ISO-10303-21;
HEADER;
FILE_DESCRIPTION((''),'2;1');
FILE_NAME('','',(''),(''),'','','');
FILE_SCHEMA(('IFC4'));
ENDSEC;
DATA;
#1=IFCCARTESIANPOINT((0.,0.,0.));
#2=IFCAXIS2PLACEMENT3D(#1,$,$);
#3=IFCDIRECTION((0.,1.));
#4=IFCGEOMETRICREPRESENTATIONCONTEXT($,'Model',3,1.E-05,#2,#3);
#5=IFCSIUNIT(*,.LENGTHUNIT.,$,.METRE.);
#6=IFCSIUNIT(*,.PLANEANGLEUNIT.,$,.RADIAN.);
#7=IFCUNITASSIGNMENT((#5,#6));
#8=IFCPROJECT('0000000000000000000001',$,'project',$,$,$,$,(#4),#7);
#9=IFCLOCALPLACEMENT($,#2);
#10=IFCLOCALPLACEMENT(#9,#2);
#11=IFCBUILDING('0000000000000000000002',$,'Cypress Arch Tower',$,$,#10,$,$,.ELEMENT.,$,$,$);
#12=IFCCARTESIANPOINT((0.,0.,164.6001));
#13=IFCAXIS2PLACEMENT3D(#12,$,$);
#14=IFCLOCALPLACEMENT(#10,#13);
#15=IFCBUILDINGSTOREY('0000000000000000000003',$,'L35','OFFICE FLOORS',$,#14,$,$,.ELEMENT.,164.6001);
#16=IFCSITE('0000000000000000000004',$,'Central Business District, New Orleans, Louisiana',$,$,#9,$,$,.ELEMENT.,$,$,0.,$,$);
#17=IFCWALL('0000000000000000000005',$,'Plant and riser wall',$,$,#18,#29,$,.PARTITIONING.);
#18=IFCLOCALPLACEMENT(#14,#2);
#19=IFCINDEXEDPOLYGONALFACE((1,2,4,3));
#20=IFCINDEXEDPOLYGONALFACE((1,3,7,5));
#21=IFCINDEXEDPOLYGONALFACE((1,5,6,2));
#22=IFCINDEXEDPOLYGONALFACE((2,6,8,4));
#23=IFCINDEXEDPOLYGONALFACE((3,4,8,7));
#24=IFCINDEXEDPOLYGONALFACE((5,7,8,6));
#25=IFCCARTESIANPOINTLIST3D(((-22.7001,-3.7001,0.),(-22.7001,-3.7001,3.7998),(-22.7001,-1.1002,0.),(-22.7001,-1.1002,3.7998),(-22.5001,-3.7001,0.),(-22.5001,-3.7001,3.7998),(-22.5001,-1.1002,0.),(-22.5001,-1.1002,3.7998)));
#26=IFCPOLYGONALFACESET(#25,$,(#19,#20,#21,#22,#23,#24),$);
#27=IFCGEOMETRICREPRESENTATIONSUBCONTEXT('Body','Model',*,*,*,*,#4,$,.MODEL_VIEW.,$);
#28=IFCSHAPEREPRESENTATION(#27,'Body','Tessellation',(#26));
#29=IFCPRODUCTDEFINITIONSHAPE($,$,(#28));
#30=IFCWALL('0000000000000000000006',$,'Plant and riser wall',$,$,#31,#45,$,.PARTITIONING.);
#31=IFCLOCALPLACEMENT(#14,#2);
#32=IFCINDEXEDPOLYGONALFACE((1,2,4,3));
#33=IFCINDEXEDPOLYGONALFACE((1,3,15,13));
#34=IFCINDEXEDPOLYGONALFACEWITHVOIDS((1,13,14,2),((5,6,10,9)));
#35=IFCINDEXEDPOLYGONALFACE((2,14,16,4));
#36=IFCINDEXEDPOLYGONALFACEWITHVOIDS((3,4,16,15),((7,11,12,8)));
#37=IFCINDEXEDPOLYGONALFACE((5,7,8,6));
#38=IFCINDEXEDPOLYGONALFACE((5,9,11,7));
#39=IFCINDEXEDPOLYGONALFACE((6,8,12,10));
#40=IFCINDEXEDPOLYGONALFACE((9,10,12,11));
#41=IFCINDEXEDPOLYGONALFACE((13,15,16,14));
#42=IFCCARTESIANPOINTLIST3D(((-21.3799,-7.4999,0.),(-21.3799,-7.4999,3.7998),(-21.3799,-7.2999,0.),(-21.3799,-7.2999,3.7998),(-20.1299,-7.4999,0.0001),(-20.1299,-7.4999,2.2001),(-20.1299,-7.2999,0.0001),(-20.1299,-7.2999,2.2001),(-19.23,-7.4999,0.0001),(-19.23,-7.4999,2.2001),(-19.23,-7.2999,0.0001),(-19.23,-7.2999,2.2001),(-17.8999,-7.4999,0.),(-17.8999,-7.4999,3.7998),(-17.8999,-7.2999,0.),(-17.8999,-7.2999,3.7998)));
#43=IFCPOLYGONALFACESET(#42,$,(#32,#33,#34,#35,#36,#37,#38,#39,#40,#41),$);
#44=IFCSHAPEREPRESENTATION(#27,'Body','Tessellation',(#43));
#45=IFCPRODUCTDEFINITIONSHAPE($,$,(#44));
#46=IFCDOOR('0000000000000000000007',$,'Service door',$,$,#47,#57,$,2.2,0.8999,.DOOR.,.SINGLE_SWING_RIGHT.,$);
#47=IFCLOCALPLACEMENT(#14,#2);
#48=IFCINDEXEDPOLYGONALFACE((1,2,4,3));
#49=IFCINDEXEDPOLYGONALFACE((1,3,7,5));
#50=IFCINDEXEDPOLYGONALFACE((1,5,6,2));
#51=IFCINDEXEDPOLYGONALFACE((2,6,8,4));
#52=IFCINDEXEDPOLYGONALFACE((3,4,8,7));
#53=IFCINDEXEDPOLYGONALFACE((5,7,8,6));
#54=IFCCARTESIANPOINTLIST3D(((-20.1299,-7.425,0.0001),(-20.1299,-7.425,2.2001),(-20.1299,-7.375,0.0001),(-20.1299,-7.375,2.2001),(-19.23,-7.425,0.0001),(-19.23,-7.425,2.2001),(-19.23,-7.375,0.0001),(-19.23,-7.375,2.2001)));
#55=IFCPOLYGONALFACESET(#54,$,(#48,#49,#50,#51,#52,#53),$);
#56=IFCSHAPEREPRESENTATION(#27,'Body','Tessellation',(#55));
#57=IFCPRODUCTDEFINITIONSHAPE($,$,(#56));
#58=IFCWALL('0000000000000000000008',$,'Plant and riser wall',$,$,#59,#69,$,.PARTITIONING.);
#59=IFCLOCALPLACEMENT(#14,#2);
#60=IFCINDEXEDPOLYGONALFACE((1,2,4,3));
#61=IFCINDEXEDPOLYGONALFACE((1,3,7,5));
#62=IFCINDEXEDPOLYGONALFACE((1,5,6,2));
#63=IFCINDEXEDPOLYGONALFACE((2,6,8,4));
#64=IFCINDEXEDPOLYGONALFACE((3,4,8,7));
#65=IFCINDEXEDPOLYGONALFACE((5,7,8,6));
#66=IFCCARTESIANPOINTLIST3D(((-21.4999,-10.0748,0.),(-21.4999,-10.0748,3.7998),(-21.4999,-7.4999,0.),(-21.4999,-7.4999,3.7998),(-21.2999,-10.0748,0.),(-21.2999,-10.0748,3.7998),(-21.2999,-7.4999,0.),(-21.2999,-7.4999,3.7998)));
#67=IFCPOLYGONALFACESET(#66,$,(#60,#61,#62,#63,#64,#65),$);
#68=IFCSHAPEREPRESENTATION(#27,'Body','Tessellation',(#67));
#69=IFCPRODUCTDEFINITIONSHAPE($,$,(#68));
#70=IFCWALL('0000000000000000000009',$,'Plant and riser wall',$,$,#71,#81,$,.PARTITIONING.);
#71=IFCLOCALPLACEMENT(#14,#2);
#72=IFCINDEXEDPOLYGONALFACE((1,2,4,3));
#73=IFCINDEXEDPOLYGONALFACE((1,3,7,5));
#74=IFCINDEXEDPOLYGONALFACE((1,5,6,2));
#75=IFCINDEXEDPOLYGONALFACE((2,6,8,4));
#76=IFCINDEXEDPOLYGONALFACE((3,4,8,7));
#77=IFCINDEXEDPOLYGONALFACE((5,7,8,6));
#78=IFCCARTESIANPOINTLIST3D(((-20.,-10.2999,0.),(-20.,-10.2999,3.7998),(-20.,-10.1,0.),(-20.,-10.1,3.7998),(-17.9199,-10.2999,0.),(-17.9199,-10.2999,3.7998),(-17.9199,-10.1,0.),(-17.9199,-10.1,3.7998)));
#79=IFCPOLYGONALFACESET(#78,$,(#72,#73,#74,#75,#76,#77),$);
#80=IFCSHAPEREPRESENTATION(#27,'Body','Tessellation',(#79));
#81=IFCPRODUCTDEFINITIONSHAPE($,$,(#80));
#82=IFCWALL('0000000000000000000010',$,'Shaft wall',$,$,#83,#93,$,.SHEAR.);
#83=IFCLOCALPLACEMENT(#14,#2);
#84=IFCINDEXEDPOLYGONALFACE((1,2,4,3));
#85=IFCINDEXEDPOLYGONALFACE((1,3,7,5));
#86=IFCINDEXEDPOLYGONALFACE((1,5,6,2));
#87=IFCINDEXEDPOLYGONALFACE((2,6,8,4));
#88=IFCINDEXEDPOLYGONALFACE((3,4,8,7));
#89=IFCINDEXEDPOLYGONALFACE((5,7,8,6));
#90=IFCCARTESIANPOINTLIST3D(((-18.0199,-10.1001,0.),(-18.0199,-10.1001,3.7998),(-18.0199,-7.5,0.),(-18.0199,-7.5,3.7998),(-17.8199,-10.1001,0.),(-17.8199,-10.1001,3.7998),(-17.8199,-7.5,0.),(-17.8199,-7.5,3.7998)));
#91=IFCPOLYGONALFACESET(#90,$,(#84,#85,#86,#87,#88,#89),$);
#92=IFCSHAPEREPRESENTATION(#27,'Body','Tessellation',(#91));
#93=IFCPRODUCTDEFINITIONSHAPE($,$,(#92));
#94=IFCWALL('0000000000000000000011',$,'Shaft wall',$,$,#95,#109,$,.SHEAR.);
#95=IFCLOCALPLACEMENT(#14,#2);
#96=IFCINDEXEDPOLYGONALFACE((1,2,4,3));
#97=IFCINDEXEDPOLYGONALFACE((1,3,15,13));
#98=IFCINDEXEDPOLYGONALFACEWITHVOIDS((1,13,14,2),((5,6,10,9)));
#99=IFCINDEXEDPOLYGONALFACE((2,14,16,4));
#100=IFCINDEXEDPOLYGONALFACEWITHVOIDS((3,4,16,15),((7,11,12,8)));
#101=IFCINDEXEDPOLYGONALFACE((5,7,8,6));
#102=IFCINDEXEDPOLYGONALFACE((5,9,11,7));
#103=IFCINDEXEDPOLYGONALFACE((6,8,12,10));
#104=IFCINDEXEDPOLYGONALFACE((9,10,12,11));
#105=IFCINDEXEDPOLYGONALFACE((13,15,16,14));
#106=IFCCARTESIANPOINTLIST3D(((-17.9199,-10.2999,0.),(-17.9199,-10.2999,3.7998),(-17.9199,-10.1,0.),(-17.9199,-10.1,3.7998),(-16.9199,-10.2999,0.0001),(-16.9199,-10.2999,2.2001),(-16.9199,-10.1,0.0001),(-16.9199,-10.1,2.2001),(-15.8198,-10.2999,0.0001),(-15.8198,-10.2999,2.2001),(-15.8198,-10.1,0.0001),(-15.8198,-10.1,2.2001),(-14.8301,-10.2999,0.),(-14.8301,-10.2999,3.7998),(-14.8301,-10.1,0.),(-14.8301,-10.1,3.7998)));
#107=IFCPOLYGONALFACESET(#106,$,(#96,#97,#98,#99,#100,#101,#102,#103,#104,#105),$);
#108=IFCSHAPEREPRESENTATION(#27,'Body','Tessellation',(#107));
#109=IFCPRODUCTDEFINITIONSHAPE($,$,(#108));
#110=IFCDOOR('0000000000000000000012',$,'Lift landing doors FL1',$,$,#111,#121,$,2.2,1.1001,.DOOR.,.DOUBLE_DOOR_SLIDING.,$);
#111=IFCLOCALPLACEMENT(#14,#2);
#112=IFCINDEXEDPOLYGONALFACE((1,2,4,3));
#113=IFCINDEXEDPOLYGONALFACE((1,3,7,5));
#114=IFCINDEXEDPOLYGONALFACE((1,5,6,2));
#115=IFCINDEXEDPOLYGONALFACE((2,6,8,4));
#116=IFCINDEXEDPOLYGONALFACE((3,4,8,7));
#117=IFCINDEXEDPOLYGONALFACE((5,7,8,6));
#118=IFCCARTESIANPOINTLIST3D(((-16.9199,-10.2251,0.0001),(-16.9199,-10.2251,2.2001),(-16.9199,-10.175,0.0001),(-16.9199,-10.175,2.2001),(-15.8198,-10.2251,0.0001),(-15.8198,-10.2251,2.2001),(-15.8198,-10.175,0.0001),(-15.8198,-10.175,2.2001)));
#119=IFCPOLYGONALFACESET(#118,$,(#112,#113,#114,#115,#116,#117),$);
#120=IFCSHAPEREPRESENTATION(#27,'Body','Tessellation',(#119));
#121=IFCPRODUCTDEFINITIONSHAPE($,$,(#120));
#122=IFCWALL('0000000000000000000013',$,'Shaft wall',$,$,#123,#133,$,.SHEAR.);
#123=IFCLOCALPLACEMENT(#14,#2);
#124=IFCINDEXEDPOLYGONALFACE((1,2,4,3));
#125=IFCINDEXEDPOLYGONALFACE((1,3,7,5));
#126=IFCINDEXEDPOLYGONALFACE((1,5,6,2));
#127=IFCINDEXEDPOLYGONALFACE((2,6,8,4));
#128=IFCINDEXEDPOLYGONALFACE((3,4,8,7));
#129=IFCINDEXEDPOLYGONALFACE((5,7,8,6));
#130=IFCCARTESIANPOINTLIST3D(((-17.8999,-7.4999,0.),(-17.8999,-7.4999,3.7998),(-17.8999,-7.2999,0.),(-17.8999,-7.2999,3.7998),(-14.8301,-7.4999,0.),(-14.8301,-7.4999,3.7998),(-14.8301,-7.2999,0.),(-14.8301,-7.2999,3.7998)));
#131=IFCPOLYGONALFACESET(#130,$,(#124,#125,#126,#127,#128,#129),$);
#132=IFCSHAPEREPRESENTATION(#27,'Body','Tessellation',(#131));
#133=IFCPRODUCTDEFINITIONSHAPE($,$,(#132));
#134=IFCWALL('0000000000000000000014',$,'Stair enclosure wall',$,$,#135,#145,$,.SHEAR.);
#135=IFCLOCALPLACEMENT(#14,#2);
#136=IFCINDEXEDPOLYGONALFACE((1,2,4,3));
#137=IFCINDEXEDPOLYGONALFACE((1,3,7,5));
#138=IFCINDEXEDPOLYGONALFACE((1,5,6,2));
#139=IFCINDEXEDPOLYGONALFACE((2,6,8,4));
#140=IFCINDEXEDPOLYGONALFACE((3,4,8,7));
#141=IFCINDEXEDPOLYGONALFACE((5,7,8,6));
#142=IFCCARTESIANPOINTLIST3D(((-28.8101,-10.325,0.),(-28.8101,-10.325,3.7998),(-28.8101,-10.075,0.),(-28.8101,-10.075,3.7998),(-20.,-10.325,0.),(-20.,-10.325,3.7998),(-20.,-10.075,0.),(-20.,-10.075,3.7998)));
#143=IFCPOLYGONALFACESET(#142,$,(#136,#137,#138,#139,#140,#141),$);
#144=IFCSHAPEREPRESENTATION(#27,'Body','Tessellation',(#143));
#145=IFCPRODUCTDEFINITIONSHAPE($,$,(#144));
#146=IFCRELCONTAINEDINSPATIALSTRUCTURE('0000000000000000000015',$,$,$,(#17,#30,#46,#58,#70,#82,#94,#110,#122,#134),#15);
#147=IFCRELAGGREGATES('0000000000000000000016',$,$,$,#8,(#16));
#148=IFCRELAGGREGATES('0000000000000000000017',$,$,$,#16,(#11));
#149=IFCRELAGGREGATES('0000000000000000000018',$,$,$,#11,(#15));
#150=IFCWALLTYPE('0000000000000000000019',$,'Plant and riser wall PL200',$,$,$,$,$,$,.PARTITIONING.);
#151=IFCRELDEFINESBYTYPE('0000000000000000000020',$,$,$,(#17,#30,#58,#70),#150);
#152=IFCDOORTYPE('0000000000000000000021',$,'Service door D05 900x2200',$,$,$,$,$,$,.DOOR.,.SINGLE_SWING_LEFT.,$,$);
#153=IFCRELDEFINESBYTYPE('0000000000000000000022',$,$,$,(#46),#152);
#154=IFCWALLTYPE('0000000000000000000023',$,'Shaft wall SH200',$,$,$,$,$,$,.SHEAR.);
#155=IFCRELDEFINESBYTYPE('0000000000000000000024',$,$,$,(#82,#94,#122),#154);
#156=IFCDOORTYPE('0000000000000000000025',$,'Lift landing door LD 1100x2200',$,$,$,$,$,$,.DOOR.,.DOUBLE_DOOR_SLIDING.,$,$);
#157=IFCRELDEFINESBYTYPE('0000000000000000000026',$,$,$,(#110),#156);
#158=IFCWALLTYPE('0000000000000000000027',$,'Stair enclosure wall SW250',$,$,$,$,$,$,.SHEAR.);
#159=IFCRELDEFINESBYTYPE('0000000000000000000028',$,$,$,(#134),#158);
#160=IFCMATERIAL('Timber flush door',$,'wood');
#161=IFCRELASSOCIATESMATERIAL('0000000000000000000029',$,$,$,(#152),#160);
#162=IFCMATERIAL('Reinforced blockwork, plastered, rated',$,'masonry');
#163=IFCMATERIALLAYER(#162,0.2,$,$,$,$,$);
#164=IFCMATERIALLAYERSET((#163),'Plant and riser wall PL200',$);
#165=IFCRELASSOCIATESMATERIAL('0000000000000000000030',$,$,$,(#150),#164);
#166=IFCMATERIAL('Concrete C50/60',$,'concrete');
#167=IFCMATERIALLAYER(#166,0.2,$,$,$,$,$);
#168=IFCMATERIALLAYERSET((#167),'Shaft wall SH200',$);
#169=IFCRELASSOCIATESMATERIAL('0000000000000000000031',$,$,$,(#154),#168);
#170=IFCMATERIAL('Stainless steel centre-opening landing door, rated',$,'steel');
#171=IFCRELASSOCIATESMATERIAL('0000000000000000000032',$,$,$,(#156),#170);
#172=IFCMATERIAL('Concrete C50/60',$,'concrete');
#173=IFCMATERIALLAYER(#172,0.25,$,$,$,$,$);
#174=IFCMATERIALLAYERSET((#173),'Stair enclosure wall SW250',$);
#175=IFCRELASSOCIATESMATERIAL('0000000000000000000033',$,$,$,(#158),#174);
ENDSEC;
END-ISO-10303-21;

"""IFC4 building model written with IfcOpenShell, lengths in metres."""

from ifc_helpers import new_model, si_unit, direction, frame, frame_2d, origin, place, context, subcontext, project, spatial, rectangle, extrude, material, layer, layer_set, type_object, element, fill, save


model = new_model("IFC4")

# Units and contexts
model_context = context("Model", 3, precision=1e-05, world=origin(), true_north=direction((0.0, 1.0)))
body_context = subcontext(model_context, "Body", "Model", "MODEL_VIEW")
ifc_project = project(units=[si_unit("LENGTHUNIT", "METRE"), si_unit("PLANEANGLEUNIT", "RADIAN")], contexts=[model_context])

# Site, building, storey
site_placement = place(None, origin())
site = spatial("IfcSite", under=ifc_project, at=site_placement, Name="Central Business District, New Orleans, Louisiana", CompositionType="ELEMENT", RefElevation=0.0)
building_placement = place(site_placement, origin())
building = spatial("IfcBuilding", under=site, at=building_placement, Name="Cypress Arch Tower", CompositionType="ELEMENT")
storey_placement = place(building_placement, frame((0.0, 0.0, 164.6001)))
storey = spatial("IfcBuildingStorey", under=building, at=storey_placement, Name="L35", Description="OFFICE FLOORS", CompositionType="ELEMENT", Elevation=164.6001)

# Shared definitions
ifc_material_1 = material(Name="Timber flush door", Category="wood")
door_type_1 = type_object("IfcDoorType", Name="Service door D05 900x2200", OperationType="SINGLE_SWING_LEFT", PredefinedType="DOOR", material=ifc_material_1)

# Shared definitions
ifc_material_2 = material(Name="Reinforced blockwork, plastered, rated", Category="masonry")
ifc_layer_1 = layer(ifc_material_2, 0.2)
ifc_layer_set_1 = layer_set([ifc_layer_1], Name="Plant and riser wall PL200")
wall_type_1 = type_object("IfcWallType", Name="Plant and riser wall PL200", PredefinedType="PARTITIONING", material=ifc_layer_set_1)

# Wall
wall_1_placement = place(storey_placement, frame((-22.6001, -3.7, 0.0), z_axis=(0.0, 0.0, 1.0), x_axis=(0.0, 1.0, 0.0)))
element("IfcWall", 1, at=wall_1_placement, inside=storey, type_object=wall_type_1, Name="Plant and riser wall", PredefinedType="PARTITIONING", context=body_context, shape_type="SweptSolid", body=[
    extrude(rectangle(XDim=2.5999, YDim=0.2, at=frame_2d((1.2998, 0.0))), origin(), (0.0, 0.0, 1.0), 3.7998),
])

# Wall, opening, door
wall_2_placement = place(storey_placement, frame((-21.3799, -7.3999, 0.0), z_axis=(0.0, 0.0, 1.0), x_axis=(1.0, 0.0, 0.0)))
wall_2 = element("IfcWall", 2, at=wall_2_placement, inside=storey, type_object=wall_type_1, Name="Plant and riser wall", PredefinedType="PARTITIONING", context=body_context, shape_type="SweptSolid", body=[
    extrude(rectangle(XDim=3.48, YDim=0.2, at=frame_2d((1.74, 0.0))), origin(), (0.0, 0.0, 1.0), 3.7998),
])
opening_1_placement = place(wall_2_placement, frame((1.25, 0.0, 0.0)))
opening_1 = element("IfcOpeningElement", 3, at=opening_1_placement, cuts=wall_2, PredefinedType="OPENING", context=body_context, shape_type="SweptSolid", body=[
    extrude(rectangle(XDim=0.8999, YDim=2.2, at=frame_2d((0.45, 1.1001))), frame((0.0, 0.1099, 0.0), z_axis=(0.0, -1.0, 0.0), x_axis=(1.0, 0.0, 0.0)), (0.0, 0.0, 1.0), 0.22),
])
door_1_placement = place(opening_1_placement, origin())
door_1 = element("IfcDoor", 4, at=door_1_placement, inside=storey, type_object=door_type_1, Name="Service door", OperationType="SINGLE_SWING_RIGHT", OverallHeight=2.2, OverallWidth=0.8999, PredefinedType="DOOR", context=body_context, shape_type="SweptSolid", body=[
    extrude(rectangle(XDim=0.8999, YDim=2.2, at=frame_2d((0.45, 1.1001))), frame((0.0, 0.0249, 0.0), z_axis=(0.0, -1.0, 0.0), x_axis=(1.0, 0.0, 0.0)), (0.0, 0.0, 1.0), 0.05),
])
fill(opening_1, door_1)

# Walls
wall_3_placement = place(storey_placement, frame((-21.3999, -10.075, 0.0), z_axis=(0.0, 0.0, 1.0), x_axis=(0.0, 1.0, 0.0)))
element("IfcWall", 5, at=wall_3_placement, inside=storey, type_object=wall_type_1, Name="Plant and riser wall", PredefinedType="PARTITIONING", context=body_context, shape_type="SweptSolid", body=[
    extrude(rectangle(XDim=2.575, YDim=0.2, at=frame_2d((1.2876, 0.0))), origin(), (0.0, 0.0, 1.0), 3.7998),
])
wall_4_placement = place(storey_placement, frame((-20.0, -10.2, 0.0), z_axis=(0.0, 0.0, 1.0), x_axis=(1.0, 0.0, 0.0)))
element("IfcWall", 6, at=wall_4_placement, inside=storey, type_object=wall_type_1, Name="Plant and riser wall", PredefinedType="PARTITIONING", context=body_context, shape_type="SweptSolid", body=[
    extrude(rectangle(XDim=2.0801, YDim=0.2, at=frame_2d((1.04, 0.0))), origin(), (0.0, 0.0, 1.0), 3.7998),
])
ifc_material_3 = material(Name="Concrete C50/60", Category="concrete")
ifc_layer_2 = layer(ifc_material_3, 0.2)
ifc_layer_set_2 = layer_set([ifc_layer_2], Name="Shaft wall SH200")
wall_type_2 = type_object("IfcWallType", Name="Shaft wall SH200", PredefinedType="SHEAR", material=ifc_layer_set_2)
wall_5_placement = place(storey_placement, frame((-17.9199, -10.1001, 0.0), z_axis=(0.0, 0.0, 1.0), x_axis=(0.0, 1.0, 0.0)))
element("IfcWall", 7, at=wall_5_placement, inside=storey, type_object=wall_type_2, Name="Shaft wall", PredefinedType="SHEAR", context=body_context, shape_type="SweptSolid", body=[
    extrude(rectangle(XDim=2.6001, YDim=0.2, at=frame_2d((1.3, 0.0))), origin(), (0.0, 0.0, 1.0), 3.7998),
])

# Wall, opening, door
wall_6_placement = place(storey_placement, frame((-17.9199, -10.2, 0.0), z_axis=(0.0, 0.0, 1.0), x_axis=(1.0, 0.0, 0.0)))
wall_6 = element("IfcWall", 8, at=wall_6_placement, inside=storey, type_object=wall_type_2, Name="Shaft wall", PredefinedType="SHEAR", context=body_context, shape_type="SweptSolid", body=[
    extrude(rectangle(XDim=3.0898, YDim=0.2, at=frame_2d((1.5449, 0.0))), origin(), (0.0, 0.0, 1.0), 3.7998),
])
opening_2_placement = place(wall_6_placement, frame((1.0, 0.0, 0.0)))
opening_2 = element("IfcOpeningElement", 9, at=opening_2_placement, cuts=wall_6, PredefinedType="OPENING", context=body_context, shape_type="SweptSolid", body=[
    extrude(rectangle(XDim=1.1001, YDim=2.2, at=frame_2d((0.55, 1.1001))), frame((0.0, 0.1099, 0.0), z_axis=(0.0, -1.0, 0.0), x_axis=(1.0, 0.0, 0.0)), (0.0, 0.0, 1.0), 0.22),
])
ifc_material_4 = material(Name="Stainless steel centre-opening landing door, rated", Category="steel")
door_type_2 = type_object("IfcDoorType", Name="Lift landing door LD 1100x2200", OperationType="DOUBLE_DOOR_SLIDING", PredefinedType="DOOR", material=ifc_material_4)
door_2_placement = place(opening_2_placement, origin())
door_2 = element("IfcDoor", 10, at=door_2_placement, inside=storey, type_object=door_type_2, Name="Lift landing doors FL1", OperationType="DOUBLE_DOOR_SLIDING", OverallHeight=2.2, OverallWidth=1.1001, PredefinedType="DOOR", context=body_context, shape_type="SweptSolid", body=[
    extrude(rectangle(XDim=1.1001, YDim=2.2, at=frame_2d((0.55, 1.1001))), frame((0.0, 0.0249, 0.0), z_axis=(0.0, -1.0, 0.0), x_axis=(1.0, 0.0, 0.0)), (0.0, 0.0, 1.0), 0.05),
])
fill(opening_2, door_2)

# Walls
wall_7_placement = place(storey_placement, frame((-17.8999, -7.3999, 0.0), z_axis=(0.0, 0.0, 1.0), x_axis=(1.0, 0.0, 0.0)))
element("IfcWall", 11, at=wall_7_placement, inside=storey, type_object=wall_type_2, Name="Shaft wall", PredefinedType="SHEAR", context=body_context, shape_type="SweptSolid", body=[
    extrude(rectangle(XDim=3.0698, YDim=0.2, at=frame_2d((1.5349, 0.0))), origin(), (0.0, 0.0, 1.0), 3.7998),
])
ifc_material_5 = material(Name="Concrete C50/60", Category="concrete")
ifc_layer_3 = layer(ifc_material_5, 0.25)
ifc_layer_set_3 = layer_set([ifc_layer_3], Name="Stair enclosure wall SW250")
wall_type_3 = type_object("IfcWallType", Name="Stair enclosure wall SW250", PredefinedType="SHEAR", material=ifc_layer_set_3)
wall_8_placement = place(storey_placement, frame((-28.8101, -10.2, 0.0), z_axis=(0.0, 0.0, 1.0), x_axis=(1.0, 0.0, 0.0)))
element("IfcWall", 12, at=wall_8_placement, inside=storey, type_object=wall_type_3, Name="Stair enclosure wall", PredefinedType="SHEAR", context=body_context, shape_type="SweptSolid", body=[
    extrude(rectangle(XDim=8.8101, YDim=0.25, at=frame_2d((4.405, 0.0))), origin(), (0.0, 0.0, 1.0), 3.7998),
])

save(model, "model.ifc")
